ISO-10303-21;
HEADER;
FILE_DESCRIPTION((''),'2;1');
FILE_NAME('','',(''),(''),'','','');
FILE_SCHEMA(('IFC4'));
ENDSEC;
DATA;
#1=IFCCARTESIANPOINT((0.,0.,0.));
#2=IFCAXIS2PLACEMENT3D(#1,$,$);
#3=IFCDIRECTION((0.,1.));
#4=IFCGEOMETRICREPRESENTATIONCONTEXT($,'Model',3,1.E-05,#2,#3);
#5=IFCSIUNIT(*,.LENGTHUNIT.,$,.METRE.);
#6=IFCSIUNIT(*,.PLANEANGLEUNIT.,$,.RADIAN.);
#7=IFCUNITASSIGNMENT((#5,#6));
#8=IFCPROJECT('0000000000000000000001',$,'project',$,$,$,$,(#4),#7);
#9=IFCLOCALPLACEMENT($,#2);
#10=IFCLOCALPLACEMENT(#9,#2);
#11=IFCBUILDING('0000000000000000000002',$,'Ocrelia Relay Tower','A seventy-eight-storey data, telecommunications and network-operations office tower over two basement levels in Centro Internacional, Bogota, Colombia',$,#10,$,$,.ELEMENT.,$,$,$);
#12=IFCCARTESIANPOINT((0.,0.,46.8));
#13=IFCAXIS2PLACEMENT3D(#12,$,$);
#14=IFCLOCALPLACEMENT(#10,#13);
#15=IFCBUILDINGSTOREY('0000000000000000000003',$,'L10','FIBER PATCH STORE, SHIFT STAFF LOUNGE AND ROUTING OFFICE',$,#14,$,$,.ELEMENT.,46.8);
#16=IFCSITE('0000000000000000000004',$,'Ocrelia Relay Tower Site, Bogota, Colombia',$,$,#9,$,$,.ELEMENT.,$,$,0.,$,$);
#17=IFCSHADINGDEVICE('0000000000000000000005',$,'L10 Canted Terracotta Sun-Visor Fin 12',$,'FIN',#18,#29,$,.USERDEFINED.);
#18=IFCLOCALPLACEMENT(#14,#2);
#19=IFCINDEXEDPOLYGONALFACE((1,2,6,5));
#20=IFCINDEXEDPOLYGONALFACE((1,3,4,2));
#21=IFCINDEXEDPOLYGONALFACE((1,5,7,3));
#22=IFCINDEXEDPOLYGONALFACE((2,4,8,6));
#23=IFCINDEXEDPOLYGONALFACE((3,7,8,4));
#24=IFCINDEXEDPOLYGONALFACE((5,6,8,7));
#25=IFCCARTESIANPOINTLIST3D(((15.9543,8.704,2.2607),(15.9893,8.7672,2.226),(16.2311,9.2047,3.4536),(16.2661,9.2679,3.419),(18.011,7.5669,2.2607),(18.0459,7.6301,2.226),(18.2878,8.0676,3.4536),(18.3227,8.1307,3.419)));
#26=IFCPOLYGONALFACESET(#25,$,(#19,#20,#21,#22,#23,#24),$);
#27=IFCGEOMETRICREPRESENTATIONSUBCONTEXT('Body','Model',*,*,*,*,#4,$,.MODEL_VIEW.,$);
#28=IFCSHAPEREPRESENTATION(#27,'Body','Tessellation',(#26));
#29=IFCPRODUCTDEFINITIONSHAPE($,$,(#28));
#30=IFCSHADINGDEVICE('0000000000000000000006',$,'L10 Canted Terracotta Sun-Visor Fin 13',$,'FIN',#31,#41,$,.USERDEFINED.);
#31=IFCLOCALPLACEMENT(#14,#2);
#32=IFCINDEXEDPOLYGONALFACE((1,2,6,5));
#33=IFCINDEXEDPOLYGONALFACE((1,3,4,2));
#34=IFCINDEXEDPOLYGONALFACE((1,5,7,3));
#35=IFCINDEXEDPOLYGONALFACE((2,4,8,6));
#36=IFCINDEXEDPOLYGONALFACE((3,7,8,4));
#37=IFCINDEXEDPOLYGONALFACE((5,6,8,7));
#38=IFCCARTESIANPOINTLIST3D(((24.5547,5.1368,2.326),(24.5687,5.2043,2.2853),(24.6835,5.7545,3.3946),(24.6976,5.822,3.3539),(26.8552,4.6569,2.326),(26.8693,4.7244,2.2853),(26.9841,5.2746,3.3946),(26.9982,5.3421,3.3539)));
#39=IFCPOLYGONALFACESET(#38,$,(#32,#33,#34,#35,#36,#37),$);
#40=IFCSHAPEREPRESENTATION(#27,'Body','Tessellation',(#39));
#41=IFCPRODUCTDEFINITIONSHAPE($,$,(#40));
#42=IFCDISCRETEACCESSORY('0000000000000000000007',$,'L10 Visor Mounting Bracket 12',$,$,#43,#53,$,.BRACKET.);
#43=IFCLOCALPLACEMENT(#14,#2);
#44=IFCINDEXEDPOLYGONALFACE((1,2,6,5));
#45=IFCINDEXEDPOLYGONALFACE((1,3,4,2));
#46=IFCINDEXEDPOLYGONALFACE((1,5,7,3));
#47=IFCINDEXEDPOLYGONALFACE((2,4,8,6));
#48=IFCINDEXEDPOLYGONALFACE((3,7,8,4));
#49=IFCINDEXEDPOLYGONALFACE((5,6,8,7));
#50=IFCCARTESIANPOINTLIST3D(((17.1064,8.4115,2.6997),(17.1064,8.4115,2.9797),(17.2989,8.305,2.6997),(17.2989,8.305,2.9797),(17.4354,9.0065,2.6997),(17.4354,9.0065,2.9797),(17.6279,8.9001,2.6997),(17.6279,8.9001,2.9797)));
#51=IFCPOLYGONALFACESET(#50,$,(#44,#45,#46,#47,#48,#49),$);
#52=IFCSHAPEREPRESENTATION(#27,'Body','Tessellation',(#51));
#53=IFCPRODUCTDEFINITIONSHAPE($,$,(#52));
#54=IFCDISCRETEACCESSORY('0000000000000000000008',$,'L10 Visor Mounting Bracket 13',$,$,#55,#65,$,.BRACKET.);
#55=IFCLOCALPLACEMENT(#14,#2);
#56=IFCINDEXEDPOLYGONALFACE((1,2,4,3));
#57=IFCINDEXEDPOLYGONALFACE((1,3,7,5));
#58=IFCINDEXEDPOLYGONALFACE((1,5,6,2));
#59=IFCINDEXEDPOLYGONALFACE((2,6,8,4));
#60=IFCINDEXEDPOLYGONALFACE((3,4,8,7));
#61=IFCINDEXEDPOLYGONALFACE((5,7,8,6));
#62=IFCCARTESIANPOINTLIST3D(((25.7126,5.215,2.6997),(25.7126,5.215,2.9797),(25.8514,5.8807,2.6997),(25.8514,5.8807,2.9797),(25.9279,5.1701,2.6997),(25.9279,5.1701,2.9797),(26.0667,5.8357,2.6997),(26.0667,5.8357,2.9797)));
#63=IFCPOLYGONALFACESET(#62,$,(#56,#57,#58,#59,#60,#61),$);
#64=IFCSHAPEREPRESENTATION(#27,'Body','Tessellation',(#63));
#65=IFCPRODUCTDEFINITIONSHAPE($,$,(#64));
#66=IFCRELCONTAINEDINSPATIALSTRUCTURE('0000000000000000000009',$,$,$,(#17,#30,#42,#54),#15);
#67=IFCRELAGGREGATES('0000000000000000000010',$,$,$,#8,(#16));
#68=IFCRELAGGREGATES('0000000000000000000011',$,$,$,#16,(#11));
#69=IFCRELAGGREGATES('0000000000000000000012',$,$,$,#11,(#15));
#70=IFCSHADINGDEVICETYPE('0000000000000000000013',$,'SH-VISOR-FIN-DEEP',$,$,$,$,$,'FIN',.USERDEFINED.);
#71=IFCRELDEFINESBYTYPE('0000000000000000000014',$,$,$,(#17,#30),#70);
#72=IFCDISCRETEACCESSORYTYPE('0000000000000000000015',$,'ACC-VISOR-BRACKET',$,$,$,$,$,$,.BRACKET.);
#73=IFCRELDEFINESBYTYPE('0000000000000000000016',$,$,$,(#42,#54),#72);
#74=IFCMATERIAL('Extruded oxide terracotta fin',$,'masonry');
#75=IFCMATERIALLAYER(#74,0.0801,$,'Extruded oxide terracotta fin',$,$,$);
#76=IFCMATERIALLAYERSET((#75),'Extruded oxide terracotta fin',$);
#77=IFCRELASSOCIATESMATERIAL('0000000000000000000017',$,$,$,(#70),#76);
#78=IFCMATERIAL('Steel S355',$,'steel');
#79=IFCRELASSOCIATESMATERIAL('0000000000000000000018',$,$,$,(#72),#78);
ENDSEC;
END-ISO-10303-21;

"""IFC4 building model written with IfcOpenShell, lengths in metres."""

from ifc_helpers import new_model, si_unit, direction, frame, origin, origin_2d, place, context, subcontext, project, spatial, rectangle, extrude, material, layer, layer_set, type_object, element, save


model = new_model("IFC4")

# Units and contexts
model_context = context("Model", 3, precision=1e-05, world=origin(), true_north=direction((0.0, 1.0)))
body_context = subcontext(model_context, "Body", "Model", "MODEL_VIEW")
ifc_project = project(units=[si_unit("LENGTHUNIT", "METRE"), si_unit("PLANEANGLEUNIT", "RADIAN")], contexts=[model_context])

# Site, building, storey
site_placement = place(None, origin())
site = spatial("IfcSite", under=ifc_project, at=site_placement, Name="Ocrelia Relay Tower Site, Bogota, Colombia", CompositionType="ELEMENT", RefElevation=0.0)
building_placement = place(site_placement, origin())
building = spatial("IfcBuilding", under=site, at=building_placement, Name="Ocrelia Relay Tower", Description="A seventy-eight-storey data, telecommunications and network-operations office tower over two basement levels in Centro Internacional, Bogota, Colombia", CompositionType="ELEMENT")
storey_placement = place(building_placement, frame((0.0, 0.0, 46.8)))
storey = spatial("IfcBuildingStorey", under=building, at=storey_placement, Name="L10", Description="FIBER PATCH STORE, SHIFT STAFF LOUNGE AND ROUTING OFFICE", CompositionType="ELEMENT", Elevation=46.8)

# Shared definitions
ifc_material_1 = material(Name="Steel S355", Category="steel")

# Shading devices
ifc_material_2 = material(Name="Extruded oxide terracotta fin", Category="masonry")
ifc_layer_1 = layer(ifc_material_2, 0.0801, Name="Extruded oxide terracotta fin")
ifc_layer_set_1 = layer_set([ifc_layer_1], Name="Extruded oxide terracotta fin")
shading_device_type_1 = type_object("IfcShadingDeviceType", Name="SH-VISOR-FIN-DEEP", ElementType="FIN", PredefinedType="USERDEFINED", material=ifc_layer_set_1)
shading_device_1_placement = place(storey_placement, frame((17.156, 8.449, 2.8225), z_axis=(-0.436284, -0.789104, 0.432401), x_axis=(0.875147, -0.483856, 0.0)))
element("IfcShadingDevice", 1, at=shading_device_1_placement, inside=storey, type_object=shading_device_type_1, Name="L10 Canted Terracotta Sun-Visor Fin 12", ObjectType="FIN", PredefinedType="USERDEFINED", context=body_context, shape_type="SweptSolid", body=[
    extrude(rectangle(XDim=2.3501, YDim=1.323, at=origin_2d()), origin(), (0.0, 0.0, 1.0), 0.0801),
])
shading_device_2_placement = place(storey_placement, frame((25.7834, 5.2732, 2.8196), z_axis=(-0.175826, -0.842955, 0.50844), x_axis=(0.978932, -0.204189, 0.0)))
element("IfcShadingDevice", 2, at=shading_device_2_placement, inside=storey, type_object=shading_device_type_1, Name="L10 Canted Terracotta Sun-Visor Fin 13", ObjectType="FIN", PredefinedType="USERDEFINED", context=body_context, shape_type="SweptSolid", body=[
    extrude(rectangle(XDim=2.3501, YDim=1.241, at=origin_2d()), origin(), (0.0, 0.0, 1.0), 0.0801),
])

# Discrete accessories
discrete_accessory_type = type_object("IfcDiscreteAccessoryType", Name="ACC-VISOR-BRACKET", PredefinedType="BRACKET", material=ifc_material_1)
for number, where, z_axis, x_axis, name in (
    (3, (17.3672, 8.6558, 2.6997), (0.0, 0.0, 1.0), (0.875147, -0.483856, 0.0), "L10 Visor Mounting Bracket 12"),
    (4, (25.8896, 5.5254, 2.6997), (0.0, 0.0, 1.0), (0.978932, -0.204189, 0.0), "L10 Visor Mounting Bracket 13"),
):
    element("IfcDiscreteAccessory", number, at=place(storey_placement, frame(where, z_axis=z_axis, x_axis=x_axis)), inside=storey, type_object=discrete_accessory_type, Name=name, PredefinedType="BRACKET", context=body_context, shape_type="SweptSolid", body=[
        extrude(rectangle(XDim=0.22, YDim=0.6799, at=origin_2d()), origin(), (0.0, 0.0, 1.0), 0.28),
    ])

save(model, "model.ifc")
